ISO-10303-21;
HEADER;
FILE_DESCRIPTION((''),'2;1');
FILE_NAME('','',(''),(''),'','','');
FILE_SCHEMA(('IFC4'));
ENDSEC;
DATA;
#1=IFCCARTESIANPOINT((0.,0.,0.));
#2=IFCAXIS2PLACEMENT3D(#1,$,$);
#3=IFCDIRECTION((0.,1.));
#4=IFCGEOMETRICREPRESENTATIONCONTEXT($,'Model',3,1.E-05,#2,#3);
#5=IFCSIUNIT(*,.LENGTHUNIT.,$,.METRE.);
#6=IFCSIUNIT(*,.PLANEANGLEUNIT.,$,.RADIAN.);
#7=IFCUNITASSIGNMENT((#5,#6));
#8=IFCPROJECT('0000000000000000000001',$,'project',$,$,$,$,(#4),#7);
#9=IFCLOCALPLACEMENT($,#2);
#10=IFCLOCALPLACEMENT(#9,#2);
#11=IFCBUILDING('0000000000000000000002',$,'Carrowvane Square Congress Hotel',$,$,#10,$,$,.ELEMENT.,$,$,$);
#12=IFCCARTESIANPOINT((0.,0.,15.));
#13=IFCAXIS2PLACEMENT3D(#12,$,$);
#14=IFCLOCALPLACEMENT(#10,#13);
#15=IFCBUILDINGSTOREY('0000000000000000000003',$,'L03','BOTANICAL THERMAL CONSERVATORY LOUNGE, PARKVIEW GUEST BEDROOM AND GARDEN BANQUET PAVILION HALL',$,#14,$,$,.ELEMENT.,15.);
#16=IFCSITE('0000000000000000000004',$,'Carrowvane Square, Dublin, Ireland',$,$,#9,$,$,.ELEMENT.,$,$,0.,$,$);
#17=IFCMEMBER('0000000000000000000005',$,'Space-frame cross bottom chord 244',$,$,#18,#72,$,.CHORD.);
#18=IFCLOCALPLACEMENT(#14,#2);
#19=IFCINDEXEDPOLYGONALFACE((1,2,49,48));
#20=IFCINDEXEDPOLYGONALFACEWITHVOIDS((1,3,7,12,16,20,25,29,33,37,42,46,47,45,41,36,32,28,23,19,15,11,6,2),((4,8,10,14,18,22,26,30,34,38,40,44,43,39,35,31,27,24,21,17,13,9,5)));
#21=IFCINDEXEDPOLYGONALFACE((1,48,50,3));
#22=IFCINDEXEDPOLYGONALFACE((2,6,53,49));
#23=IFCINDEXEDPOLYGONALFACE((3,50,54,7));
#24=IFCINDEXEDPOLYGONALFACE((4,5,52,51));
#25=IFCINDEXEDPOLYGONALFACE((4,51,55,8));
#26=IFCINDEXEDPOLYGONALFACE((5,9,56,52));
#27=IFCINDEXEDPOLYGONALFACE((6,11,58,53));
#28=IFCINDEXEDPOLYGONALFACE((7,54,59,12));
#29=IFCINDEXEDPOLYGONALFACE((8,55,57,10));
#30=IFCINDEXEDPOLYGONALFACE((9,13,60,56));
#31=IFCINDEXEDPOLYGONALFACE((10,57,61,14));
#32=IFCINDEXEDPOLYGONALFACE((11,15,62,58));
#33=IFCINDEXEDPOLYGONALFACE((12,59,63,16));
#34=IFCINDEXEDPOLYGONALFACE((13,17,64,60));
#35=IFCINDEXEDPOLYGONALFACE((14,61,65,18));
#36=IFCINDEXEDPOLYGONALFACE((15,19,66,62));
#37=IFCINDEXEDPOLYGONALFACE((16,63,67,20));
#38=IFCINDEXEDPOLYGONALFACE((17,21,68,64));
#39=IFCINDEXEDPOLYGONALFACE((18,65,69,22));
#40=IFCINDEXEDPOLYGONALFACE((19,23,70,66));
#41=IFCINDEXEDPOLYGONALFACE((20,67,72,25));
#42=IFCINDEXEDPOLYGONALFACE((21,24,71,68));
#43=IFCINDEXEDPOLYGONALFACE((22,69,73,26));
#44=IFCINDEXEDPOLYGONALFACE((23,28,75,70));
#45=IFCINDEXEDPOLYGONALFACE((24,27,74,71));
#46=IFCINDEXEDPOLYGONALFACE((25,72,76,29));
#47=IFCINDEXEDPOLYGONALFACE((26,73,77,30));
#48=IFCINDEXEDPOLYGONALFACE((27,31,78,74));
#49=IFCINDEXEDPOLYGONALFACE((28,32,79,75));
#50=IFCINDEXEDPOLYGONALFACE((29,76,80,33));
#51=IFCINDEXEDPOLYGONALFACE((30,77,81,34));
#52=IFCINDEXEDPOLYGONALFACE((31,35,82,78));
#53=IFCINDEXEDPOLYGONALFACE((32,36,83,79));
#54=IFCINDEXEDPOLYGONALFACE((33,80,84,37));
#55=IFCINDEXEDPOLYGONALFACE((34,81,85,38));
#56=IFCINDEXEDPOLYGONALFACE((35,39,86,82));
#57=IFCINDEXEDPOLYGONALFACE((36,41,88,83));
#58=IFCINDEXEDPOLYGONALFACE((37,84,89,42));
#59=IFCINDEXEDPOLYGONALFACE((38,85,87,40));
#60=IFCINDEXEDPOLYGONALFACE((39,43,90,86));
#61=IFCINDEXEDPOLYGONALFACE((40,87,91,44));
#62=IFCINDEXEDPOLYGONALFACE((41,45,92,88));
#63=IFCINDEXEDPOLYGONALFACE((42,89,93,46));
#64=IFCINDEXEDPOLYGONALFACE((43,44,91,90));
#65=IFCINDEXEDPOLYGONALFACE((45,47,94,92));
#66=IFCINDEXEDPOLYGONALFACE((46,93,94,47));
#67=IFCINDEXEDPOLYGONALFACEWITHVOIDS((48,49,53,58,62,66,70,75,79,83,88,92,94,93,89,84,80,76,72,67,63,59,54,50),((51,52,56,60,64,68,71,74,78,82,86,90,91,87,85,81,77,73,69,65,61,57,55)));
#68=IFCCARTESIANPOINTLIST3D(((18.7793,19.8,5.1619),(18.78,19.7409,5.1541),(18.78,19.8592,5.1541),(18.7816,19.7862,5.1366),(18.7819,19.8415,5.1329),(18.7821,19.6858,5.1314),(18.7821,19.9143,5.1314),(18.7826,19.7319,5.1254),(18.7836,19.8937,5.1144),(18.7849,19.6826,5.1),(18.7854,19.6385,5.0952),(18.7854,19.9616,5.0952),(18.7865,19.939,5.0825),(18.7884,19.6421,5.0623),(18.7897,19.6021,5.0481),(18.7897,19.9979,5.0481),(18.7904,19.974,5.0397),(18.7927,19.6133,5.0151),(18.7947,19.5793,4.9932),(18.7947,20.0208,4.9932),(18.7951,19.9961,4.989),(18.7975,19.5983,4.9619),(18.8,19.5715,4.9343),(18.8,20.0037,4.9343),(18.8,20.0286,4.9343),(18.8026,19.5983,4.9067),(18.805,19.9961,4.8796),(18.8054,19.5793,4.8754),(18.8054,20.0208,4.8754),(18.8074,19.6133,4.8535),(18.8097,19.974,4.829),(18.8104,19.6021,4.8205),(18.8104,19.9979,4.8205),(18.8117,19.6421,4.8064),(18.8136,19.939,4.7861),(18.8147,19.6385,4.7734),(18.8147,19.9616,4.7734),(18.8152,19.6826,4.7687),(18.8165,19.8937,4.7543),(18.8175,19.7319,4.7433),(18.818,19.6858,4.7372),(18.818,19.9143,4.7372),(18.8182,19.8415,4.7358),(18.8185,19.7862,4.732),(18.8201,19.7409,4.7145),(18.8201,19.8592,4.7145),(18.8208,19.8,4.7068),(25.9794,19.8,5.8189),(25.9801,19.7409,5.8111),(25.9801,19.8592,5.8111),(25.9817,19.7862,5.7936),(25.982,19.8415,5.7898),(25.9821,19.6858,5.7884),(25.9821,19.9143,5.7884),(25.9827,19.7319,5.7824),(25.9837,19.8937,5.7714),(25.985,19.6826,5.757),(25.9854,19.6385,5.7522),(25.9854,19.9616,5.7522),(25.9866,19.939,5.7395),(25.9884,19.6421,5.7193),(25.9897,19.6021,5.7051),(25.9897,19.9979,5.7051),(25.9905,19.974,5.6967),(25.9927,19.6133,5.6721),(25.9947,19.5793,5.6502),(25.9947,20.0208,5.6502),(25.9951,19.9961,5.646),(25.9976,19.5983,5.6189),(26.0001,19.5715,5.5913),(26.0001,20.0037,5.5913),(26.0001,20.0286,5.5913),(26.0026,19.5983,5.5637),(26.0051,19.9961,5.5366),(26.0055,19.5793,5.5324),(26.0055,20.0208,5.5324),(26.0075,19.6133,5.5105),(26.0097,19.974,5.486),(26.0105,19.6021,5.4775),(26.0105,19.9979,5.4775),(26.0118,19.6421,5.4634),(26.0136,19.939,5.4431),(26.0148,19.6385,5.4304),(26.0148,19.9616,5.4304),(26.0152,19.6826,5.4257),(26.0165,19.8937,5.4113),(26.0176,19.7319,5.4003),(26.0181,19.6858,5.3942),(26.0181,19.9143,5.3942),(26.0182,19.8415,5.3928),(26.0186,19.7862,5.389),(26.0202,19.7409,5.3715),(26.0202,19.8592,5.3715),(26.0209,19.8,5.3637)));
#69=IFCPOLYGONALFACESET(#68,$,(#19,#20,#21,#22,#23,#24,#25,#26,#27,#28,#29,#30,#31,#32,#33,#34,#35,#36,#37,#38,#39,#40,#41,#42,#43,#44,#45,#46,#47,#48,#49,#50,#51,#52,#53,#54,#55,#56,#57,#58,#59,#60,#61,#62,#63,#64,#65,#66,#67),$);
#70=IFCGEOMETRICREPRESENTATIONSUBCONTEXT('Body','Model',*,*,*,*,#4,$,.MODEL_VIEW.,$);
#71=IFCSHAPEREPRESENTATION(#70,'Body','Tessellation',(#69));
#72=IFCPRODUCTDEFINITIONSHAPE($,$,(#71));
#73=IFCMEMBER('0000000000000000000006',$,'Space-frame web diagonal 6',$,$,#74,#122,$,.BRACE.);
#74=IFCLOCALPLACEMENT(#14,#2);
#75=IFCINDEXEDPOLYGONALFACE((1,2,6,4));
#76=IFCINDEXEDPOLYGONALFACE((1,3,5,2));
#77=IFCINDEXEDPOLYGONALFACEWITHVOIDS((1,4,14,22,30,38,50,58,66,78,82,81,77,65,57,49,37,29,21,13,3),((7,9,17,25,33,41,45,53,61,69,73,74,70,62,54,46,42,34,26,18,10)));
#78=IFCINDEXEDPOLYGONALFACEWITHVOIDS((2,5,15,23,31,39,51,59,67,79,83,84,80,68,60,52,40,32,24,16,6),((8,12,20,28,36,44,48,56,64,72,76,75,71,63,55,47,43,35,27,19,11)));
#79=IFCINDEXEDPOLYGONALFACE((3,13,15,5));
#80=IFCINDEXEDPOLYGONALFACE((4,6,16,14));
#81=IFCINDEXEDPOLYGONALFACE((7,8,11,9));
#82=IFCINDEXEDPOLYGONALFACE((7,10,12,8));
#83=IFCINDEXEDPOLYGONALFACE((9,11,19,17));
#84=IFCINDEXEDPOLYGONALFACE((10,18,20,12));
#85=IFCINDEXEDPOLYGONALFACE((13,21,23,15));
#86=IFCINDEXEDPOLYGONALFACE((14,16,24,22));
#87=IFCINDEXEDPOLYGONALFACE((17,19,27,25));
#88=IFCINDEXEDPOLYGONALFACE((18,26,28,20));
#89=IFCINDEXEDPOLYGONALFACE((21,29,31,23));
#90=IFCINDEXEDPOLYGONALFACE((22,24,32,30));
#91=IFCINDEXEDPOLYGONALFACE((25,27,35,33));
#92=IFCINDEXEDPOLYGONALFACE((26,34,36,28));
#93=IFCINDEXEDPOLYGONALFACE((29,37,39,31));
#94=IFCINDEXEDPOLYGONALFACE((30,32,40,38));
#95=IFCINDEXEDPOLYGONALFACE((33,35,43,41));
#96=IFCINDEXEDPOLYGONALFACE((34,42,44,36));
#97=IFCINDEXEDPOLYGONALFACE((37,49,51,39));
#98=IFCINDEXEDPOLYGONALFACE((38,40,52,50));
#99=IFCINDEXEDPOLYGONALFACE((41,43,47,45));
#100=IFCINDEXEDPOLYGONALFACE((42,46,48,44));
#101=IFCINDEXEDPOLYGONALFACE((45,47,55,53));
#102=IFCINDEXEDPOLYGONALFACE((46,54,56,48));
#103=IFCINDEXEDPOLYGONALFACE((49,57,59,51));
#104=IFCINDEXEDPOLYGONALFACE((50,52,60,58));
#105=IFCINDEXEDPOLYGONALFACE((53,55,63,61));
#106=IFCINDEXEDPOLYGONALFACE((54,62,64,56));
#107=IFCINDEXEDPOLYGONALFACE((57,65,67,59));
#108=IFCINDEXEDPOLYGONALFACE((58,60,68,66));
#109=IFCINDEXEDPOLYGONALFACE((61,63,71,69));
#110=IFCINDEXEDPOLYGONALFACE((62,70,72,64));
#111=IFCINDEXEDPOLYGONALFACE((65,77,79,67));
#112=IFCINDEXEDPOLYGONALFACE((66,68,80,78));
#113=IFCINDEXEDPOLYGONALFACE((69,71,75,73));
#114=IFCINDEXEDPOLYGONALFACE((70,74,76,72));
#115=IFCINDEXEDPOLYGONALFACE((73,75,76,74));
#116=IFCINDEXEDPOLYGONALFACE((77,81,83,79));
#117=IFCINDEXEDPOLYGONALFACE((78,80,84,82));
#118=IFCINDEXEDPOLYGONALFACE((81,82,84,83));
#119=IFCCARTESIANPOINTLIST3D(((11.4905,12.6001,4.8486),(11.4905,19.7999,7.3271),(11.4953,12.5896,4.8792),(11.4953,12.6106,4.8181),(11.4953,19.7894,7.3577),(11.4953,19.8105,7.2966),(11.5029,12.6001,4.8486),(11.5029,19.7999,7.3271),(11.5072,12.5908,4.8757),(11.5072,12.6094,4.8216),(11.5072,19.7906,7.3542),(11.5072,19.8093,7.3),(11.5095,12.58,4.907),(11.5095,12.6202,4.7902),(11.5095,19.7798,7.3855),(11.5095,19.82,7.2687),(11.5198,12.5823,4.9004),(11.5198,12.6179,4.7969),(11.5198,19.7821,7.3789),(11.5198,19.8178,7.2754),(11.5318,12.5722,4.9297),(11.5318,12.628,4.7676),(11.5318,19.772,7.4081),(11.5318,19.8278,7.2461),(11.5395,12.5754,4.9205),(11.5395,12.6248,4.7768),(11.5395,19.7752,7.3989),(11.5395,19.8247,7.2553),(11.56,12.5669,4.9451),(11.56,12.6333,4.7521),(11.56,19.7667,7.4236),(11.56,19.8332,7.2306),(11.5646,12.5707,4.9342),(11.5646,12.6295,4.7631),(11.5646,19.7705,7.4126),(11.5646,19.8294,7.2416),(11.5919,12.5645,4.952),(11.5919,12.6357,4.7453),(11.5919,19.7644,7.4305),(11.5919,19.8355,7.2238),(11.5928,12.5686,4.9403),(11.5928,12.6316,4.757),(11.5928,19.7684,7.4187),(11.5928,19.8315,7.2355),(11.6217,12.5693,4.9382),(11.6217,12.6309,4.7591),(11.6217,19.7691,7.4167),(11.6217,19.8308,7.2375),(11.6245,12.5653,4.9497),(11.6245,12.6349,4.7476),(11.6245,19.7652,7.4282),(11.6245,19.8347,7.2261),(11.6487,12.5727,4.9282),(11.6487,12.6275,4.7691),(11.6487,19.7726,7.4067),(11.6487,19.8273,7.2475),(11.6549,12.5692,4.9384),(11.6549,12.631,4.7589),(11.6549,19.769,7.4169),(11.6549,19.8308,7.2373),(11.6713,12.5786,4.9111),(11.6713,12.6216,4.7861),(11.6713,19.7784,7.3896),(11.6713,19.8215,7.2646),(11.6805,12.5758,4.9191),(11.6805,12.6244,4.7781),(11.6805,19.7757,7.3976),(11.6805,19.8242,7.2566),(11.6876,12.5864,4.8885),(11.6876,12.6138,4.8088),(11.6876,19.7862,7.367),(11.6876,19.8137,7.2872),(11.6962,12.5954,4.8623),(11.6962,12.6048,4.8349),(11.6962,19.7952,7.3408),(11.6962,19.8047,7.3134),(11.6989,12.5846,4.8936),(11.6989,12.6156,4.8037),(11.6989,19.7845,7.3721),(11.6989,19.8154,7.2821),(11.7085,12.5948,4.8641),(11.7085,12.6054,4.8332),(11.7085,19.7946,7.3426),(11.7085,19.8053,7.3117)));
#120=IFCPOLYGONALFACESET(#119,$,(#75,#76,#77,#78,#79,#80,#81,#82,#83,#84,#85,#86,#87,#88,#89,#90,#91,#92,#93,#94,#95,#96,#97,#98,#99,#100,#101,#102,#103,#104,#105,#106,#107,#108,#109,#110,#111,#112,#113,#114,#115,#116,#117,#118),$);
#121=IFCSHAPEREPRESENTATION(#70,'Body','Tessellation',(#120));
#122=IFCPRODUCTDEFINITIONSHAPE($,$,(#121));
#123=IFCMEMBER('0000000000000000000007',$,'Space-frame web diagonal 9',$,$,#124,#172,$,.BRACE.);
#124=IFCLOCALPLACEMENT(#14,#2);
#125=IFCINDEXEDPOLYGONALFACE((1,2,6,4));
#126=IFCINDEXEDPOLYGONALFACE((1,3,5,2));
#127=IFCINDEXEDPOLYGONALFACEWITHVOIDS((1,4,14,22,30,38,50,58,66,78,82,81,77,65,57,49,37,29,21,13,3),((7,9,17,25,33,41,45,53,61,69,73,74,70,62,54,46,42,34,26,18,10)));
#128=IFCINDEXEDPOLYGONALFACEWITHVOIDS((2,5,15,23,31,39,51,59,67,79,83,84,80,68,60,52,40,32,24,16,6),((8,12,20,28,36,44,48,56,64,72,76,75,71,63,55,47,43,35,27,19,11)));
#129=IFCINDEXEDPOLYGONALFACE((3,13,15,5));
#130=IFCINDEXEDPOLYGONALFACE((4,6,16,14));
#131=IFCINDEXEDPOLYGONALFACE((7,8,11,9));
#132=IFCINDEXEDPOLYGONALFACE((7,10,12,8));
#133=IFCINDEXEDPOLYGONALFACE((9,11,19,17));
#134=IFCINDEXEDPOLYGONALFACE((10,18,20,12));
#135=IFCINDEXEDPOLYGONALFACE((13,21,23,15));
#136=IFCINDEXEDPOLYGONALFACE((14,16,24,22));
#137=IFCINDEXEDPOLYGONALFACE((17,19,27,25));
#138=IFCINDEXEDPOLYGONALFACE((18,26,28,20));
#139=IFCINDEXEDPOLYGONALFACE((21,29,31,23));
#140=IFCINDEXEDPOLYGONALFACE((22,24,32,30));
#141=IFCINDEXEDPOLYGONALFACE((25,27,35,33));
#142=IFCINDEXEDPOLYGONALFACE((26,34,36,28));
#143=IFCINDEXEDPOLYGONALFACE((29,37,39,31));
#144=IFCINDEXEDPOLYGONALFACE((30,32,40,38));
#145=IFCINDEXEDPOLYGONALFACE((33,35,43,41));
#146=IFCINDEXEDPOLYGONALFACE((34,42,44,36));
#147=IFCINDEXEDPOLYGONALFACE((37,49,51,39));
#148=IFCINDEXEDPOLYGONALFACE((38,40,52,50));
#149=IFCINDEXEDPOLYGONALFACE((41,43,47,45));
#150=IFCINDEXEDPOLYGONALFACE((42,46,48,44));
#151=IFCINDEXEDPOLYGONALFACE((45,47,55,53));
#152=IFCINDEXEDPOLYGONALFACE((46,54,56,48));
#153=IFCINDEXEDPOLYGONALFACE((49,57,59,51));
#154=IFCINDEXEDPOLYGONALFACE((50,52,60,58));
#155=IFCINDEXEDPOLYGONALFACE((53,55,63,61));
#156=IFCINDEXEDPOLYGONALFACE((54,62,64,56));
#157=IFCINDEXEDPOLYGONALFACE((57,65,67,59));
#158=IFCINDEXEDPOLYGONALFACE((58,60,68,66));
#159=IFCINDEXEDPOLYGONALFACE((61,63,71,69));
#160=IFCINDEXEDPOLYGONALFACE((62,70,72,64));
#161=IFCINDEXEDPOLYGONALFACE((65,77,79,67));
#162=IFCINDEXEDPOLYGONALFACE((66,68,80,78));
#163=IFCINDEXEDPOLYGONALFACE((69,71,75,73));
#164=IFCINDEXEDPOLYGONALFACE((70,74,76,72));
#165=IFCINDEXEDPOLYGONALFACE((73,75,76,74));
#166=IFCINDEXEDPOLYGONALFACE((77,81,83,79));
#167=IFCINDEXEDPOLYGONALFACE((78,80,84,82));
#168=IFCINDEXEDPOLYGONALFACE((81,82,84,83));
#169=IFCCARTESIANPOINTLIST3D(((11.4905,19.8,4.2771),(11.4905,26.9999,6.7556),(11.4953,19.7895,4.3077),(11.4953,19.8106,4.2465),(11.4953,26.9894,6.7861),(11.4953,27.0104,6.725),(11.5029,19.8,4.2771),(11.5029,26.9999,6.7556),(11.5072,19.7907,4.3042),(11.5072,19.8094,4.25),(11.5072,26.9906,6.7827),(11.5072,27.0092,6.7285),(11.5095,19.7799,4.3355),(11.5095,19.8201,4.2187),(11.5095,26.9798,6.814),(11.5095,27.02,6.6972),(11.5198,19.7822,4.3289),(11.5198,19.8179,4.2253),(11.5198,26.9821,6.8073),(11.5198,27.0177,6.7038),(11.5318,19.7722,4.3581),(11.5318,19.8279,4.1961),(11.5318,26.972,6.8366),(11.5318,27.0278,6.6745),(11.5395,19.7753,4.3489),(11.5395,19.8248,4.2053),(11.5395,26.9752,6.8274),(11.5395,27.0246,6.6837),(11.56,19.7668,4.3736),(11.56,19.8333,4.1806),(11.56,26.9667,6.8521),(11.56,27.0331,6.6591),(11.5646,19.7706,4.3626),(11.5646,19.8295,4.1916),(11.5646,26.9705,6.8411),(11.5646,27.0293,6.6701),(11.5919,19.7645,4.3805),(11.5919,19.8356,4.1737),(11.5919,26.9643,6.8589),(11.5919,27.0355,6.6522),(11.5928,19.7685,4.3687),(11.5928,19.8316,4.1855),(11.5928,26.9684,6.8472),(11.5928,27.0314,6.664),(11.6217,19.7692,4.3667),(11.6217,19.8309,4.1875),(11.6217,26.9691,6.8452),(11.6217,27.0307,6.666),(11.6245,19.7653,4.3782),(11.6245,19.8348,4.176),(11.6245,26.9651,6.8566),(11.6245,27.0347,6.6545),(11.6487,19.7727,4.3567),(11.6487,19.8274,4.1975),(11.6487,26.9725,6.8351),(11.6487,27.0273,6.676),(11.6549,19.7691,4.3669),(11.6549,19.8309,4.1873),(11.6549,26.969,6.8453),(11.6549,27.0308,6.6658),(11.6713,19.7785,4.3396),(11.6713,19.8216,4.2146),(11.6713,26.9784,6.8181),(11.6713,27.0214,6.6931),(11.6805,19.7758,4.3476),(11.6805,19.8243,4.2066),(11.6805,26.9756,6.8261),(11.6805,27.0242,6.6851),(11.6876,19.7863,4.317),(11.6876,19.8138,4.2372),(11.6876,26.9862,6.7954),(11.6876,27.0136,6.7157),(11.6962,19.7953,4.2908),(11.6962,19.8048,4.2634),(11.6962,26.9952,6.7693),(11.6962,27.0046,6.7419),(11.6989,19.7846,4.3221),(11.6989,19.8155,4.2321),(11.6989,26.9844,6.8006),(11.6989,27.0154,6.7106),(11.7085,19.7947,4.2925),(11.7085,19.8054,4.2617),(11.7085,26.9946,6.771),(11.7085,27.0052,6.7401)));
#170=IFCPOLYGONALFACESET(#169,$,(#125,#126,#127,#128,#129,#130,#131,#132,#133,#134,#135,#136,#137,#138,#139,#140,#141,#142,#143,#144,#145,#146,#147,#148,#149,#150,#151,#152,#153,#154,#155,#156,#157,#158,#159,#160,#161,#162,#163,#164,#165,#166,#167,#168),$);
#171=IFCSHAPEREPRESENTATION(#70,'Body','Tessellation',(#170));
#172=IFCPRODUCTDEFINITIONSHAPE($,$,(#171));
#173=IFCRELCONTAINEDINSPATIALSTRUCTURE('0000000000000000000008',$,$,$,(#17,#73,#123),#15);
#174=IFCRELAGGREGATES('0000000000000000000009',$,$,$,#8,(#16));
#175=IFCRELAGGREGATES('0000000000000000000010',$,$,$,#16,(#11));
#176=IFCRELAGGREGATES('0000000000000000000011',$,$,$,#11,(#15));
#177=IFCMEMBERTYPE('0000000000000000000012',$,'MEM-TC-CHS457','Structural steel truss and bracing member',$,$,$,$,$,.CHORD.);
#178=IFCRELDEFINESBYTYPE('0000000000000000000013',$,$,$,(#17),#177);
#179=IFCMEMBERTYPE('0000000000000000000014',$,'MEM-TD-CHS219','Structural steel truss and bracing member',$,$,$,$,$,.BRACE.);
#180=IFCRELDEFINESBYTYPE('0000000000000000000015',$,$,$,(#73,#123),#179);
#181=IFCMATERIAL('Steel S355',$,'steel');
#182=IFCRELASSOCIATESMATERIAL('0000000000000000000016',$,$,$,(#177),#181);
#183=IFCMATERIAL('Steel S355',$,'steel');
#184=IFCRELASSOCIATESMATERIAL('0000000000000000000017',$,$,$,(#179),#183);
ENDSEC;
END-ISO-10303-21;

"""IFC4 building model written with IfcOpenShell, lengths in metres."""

from ifc_helpers import new_model, si_unit, direction, frame, origin, origin_2d, place, context, subcontext, project, spatial, hollow_circle, extrude, material, material_profile, profile_set, type_object, element, save


model = new_model("IFC4")

# Units and contexts
model_context = context("Model", 3, precision=1e-05, world=origin(), true_north=direction((0.0, 1.0)))
body_context = subcontext(model_context, "Body", "Model", "MODEL_VIEW")
ifc_project = project(units=[si_unit("LENGTHUNIT", "METRE"), si_unit("PLANEANGLEUNIT", "RADIAN")], contexts=[model_context])

# Site, building, storey
site_placement = place(None, origin())
site = spatial("IfcSite", under=ifc_project, at=site_placement, Name="Carrowvane Square, Dublin, Ireland", CompositionType="ELEMENT", RefElevation=0.0)
building_placement = place(site_placement, origin())
building = spatial("IfcBuilding", under=site, at=building_placement, Name="Carrowvane Square Congress Hotel", CompositionType="ELEMENT")
storey_placement = place(building_placement, frame((0.0, 0.0, 15.0)))
storey = spatial("IfcBuildingStorey", under=building, at=storey_placement, Name="L03", Description="BOTANICAL THERMAL CONSERVATORY LOUNGE, PARKVIEW GUEST BEDROOM AND GARDEN BANQUET PAVILION HALL", CompositionType="ELEMENT", Elevation=15.0)

# Members
ifc_material_1 = material(Name="Steel S355", Category="steel")
ifc_material_profile_1 = material_profile(ifc_material_1, hollow_circle(Radius=0.2285, WallThickness=0.0249, at=origin_2d()), Name="CHS 457.0x25")
ifc_profile_set_1 = profile_set([ifc_material_profile_1], Name="Steel S355")
member_type_1 = type_object("IfcMemberType", Name="MEM-TC-CHS457", Description="Structural steel truss and bracing member", PredefinedType="CHORD", material=ifc_profile_set_1)
for number, where, z_axis, x_axis, name in (
    (1, (18.8, 19.8, 4.9343), (0.995863, 0.0, 0.090871), (0.0, 1.0, 0.0), "Space-frame cross bottom chord 244"),
):
    element("IfcMember", number, at=place(storey_placement, frame(where, z_axis=z_axis, x_axis=x_axis)), inside=storey, type_object=member_type_1, Name=name, PredefinedType="CHORD", context=body_context, shape_type="SweptSolid", body=[
        extrude(hollow_circle(Radius=0.2285, WallThickness=0.0249, at=origin_2d()), origin(), (0.0, 0.0, 1.0), 7.23),
    ])
ifc_material_2 = material(Name="Steel S355", Category="steel")
ifc_material_profile_2 = material_profile(ifc_material_2, hollow_circle(Radius=0.1096, WallThickness=0.0125, at=origin_2d()), Name="CHS 219.1x12.5")
ifc_profile_set_2 = profile_set([ifc_material_profile_2], Name="Steel S355")
member_type_2 = type_object("IfcMemberType", Name="MEM-TD-CHS219", Description="Structural steel truss and bracing member", PredefinedType="BRACE", material=ifc_profile_set_2)
for number, where, z_axis, x_axis, name in (
    (2, (11.6001, 12.6001, 4.8486), (0.0, 0.945544, 0.325495), (-1.0, 0.0, 0.0), "Space-frame web diagonal 6"),
    (3, (11.6001, 19.8, 4.2771), (0.0, 0.945544, 0.325495), (-1.0, 0.0, 0.0), "Space-frame web diagonal 9"),
):
    element("IfcMember", number, at=place(storey_placement, frame(where, z_axis=z_axis, x_axis=x_axis)), inside=storey, type_object=member_type_2, Name=name, PredefinedType="BRACE", context=body_context, shape_type="SweptSolid", body=[
        extrude(hollow_circle(Radius=0.1096, WallThickness=0.0125, at=origin_2d()), origin(), (0.0, 0.0, 1.0), 7.6145),
    ])

save(model, "model.ifc")
